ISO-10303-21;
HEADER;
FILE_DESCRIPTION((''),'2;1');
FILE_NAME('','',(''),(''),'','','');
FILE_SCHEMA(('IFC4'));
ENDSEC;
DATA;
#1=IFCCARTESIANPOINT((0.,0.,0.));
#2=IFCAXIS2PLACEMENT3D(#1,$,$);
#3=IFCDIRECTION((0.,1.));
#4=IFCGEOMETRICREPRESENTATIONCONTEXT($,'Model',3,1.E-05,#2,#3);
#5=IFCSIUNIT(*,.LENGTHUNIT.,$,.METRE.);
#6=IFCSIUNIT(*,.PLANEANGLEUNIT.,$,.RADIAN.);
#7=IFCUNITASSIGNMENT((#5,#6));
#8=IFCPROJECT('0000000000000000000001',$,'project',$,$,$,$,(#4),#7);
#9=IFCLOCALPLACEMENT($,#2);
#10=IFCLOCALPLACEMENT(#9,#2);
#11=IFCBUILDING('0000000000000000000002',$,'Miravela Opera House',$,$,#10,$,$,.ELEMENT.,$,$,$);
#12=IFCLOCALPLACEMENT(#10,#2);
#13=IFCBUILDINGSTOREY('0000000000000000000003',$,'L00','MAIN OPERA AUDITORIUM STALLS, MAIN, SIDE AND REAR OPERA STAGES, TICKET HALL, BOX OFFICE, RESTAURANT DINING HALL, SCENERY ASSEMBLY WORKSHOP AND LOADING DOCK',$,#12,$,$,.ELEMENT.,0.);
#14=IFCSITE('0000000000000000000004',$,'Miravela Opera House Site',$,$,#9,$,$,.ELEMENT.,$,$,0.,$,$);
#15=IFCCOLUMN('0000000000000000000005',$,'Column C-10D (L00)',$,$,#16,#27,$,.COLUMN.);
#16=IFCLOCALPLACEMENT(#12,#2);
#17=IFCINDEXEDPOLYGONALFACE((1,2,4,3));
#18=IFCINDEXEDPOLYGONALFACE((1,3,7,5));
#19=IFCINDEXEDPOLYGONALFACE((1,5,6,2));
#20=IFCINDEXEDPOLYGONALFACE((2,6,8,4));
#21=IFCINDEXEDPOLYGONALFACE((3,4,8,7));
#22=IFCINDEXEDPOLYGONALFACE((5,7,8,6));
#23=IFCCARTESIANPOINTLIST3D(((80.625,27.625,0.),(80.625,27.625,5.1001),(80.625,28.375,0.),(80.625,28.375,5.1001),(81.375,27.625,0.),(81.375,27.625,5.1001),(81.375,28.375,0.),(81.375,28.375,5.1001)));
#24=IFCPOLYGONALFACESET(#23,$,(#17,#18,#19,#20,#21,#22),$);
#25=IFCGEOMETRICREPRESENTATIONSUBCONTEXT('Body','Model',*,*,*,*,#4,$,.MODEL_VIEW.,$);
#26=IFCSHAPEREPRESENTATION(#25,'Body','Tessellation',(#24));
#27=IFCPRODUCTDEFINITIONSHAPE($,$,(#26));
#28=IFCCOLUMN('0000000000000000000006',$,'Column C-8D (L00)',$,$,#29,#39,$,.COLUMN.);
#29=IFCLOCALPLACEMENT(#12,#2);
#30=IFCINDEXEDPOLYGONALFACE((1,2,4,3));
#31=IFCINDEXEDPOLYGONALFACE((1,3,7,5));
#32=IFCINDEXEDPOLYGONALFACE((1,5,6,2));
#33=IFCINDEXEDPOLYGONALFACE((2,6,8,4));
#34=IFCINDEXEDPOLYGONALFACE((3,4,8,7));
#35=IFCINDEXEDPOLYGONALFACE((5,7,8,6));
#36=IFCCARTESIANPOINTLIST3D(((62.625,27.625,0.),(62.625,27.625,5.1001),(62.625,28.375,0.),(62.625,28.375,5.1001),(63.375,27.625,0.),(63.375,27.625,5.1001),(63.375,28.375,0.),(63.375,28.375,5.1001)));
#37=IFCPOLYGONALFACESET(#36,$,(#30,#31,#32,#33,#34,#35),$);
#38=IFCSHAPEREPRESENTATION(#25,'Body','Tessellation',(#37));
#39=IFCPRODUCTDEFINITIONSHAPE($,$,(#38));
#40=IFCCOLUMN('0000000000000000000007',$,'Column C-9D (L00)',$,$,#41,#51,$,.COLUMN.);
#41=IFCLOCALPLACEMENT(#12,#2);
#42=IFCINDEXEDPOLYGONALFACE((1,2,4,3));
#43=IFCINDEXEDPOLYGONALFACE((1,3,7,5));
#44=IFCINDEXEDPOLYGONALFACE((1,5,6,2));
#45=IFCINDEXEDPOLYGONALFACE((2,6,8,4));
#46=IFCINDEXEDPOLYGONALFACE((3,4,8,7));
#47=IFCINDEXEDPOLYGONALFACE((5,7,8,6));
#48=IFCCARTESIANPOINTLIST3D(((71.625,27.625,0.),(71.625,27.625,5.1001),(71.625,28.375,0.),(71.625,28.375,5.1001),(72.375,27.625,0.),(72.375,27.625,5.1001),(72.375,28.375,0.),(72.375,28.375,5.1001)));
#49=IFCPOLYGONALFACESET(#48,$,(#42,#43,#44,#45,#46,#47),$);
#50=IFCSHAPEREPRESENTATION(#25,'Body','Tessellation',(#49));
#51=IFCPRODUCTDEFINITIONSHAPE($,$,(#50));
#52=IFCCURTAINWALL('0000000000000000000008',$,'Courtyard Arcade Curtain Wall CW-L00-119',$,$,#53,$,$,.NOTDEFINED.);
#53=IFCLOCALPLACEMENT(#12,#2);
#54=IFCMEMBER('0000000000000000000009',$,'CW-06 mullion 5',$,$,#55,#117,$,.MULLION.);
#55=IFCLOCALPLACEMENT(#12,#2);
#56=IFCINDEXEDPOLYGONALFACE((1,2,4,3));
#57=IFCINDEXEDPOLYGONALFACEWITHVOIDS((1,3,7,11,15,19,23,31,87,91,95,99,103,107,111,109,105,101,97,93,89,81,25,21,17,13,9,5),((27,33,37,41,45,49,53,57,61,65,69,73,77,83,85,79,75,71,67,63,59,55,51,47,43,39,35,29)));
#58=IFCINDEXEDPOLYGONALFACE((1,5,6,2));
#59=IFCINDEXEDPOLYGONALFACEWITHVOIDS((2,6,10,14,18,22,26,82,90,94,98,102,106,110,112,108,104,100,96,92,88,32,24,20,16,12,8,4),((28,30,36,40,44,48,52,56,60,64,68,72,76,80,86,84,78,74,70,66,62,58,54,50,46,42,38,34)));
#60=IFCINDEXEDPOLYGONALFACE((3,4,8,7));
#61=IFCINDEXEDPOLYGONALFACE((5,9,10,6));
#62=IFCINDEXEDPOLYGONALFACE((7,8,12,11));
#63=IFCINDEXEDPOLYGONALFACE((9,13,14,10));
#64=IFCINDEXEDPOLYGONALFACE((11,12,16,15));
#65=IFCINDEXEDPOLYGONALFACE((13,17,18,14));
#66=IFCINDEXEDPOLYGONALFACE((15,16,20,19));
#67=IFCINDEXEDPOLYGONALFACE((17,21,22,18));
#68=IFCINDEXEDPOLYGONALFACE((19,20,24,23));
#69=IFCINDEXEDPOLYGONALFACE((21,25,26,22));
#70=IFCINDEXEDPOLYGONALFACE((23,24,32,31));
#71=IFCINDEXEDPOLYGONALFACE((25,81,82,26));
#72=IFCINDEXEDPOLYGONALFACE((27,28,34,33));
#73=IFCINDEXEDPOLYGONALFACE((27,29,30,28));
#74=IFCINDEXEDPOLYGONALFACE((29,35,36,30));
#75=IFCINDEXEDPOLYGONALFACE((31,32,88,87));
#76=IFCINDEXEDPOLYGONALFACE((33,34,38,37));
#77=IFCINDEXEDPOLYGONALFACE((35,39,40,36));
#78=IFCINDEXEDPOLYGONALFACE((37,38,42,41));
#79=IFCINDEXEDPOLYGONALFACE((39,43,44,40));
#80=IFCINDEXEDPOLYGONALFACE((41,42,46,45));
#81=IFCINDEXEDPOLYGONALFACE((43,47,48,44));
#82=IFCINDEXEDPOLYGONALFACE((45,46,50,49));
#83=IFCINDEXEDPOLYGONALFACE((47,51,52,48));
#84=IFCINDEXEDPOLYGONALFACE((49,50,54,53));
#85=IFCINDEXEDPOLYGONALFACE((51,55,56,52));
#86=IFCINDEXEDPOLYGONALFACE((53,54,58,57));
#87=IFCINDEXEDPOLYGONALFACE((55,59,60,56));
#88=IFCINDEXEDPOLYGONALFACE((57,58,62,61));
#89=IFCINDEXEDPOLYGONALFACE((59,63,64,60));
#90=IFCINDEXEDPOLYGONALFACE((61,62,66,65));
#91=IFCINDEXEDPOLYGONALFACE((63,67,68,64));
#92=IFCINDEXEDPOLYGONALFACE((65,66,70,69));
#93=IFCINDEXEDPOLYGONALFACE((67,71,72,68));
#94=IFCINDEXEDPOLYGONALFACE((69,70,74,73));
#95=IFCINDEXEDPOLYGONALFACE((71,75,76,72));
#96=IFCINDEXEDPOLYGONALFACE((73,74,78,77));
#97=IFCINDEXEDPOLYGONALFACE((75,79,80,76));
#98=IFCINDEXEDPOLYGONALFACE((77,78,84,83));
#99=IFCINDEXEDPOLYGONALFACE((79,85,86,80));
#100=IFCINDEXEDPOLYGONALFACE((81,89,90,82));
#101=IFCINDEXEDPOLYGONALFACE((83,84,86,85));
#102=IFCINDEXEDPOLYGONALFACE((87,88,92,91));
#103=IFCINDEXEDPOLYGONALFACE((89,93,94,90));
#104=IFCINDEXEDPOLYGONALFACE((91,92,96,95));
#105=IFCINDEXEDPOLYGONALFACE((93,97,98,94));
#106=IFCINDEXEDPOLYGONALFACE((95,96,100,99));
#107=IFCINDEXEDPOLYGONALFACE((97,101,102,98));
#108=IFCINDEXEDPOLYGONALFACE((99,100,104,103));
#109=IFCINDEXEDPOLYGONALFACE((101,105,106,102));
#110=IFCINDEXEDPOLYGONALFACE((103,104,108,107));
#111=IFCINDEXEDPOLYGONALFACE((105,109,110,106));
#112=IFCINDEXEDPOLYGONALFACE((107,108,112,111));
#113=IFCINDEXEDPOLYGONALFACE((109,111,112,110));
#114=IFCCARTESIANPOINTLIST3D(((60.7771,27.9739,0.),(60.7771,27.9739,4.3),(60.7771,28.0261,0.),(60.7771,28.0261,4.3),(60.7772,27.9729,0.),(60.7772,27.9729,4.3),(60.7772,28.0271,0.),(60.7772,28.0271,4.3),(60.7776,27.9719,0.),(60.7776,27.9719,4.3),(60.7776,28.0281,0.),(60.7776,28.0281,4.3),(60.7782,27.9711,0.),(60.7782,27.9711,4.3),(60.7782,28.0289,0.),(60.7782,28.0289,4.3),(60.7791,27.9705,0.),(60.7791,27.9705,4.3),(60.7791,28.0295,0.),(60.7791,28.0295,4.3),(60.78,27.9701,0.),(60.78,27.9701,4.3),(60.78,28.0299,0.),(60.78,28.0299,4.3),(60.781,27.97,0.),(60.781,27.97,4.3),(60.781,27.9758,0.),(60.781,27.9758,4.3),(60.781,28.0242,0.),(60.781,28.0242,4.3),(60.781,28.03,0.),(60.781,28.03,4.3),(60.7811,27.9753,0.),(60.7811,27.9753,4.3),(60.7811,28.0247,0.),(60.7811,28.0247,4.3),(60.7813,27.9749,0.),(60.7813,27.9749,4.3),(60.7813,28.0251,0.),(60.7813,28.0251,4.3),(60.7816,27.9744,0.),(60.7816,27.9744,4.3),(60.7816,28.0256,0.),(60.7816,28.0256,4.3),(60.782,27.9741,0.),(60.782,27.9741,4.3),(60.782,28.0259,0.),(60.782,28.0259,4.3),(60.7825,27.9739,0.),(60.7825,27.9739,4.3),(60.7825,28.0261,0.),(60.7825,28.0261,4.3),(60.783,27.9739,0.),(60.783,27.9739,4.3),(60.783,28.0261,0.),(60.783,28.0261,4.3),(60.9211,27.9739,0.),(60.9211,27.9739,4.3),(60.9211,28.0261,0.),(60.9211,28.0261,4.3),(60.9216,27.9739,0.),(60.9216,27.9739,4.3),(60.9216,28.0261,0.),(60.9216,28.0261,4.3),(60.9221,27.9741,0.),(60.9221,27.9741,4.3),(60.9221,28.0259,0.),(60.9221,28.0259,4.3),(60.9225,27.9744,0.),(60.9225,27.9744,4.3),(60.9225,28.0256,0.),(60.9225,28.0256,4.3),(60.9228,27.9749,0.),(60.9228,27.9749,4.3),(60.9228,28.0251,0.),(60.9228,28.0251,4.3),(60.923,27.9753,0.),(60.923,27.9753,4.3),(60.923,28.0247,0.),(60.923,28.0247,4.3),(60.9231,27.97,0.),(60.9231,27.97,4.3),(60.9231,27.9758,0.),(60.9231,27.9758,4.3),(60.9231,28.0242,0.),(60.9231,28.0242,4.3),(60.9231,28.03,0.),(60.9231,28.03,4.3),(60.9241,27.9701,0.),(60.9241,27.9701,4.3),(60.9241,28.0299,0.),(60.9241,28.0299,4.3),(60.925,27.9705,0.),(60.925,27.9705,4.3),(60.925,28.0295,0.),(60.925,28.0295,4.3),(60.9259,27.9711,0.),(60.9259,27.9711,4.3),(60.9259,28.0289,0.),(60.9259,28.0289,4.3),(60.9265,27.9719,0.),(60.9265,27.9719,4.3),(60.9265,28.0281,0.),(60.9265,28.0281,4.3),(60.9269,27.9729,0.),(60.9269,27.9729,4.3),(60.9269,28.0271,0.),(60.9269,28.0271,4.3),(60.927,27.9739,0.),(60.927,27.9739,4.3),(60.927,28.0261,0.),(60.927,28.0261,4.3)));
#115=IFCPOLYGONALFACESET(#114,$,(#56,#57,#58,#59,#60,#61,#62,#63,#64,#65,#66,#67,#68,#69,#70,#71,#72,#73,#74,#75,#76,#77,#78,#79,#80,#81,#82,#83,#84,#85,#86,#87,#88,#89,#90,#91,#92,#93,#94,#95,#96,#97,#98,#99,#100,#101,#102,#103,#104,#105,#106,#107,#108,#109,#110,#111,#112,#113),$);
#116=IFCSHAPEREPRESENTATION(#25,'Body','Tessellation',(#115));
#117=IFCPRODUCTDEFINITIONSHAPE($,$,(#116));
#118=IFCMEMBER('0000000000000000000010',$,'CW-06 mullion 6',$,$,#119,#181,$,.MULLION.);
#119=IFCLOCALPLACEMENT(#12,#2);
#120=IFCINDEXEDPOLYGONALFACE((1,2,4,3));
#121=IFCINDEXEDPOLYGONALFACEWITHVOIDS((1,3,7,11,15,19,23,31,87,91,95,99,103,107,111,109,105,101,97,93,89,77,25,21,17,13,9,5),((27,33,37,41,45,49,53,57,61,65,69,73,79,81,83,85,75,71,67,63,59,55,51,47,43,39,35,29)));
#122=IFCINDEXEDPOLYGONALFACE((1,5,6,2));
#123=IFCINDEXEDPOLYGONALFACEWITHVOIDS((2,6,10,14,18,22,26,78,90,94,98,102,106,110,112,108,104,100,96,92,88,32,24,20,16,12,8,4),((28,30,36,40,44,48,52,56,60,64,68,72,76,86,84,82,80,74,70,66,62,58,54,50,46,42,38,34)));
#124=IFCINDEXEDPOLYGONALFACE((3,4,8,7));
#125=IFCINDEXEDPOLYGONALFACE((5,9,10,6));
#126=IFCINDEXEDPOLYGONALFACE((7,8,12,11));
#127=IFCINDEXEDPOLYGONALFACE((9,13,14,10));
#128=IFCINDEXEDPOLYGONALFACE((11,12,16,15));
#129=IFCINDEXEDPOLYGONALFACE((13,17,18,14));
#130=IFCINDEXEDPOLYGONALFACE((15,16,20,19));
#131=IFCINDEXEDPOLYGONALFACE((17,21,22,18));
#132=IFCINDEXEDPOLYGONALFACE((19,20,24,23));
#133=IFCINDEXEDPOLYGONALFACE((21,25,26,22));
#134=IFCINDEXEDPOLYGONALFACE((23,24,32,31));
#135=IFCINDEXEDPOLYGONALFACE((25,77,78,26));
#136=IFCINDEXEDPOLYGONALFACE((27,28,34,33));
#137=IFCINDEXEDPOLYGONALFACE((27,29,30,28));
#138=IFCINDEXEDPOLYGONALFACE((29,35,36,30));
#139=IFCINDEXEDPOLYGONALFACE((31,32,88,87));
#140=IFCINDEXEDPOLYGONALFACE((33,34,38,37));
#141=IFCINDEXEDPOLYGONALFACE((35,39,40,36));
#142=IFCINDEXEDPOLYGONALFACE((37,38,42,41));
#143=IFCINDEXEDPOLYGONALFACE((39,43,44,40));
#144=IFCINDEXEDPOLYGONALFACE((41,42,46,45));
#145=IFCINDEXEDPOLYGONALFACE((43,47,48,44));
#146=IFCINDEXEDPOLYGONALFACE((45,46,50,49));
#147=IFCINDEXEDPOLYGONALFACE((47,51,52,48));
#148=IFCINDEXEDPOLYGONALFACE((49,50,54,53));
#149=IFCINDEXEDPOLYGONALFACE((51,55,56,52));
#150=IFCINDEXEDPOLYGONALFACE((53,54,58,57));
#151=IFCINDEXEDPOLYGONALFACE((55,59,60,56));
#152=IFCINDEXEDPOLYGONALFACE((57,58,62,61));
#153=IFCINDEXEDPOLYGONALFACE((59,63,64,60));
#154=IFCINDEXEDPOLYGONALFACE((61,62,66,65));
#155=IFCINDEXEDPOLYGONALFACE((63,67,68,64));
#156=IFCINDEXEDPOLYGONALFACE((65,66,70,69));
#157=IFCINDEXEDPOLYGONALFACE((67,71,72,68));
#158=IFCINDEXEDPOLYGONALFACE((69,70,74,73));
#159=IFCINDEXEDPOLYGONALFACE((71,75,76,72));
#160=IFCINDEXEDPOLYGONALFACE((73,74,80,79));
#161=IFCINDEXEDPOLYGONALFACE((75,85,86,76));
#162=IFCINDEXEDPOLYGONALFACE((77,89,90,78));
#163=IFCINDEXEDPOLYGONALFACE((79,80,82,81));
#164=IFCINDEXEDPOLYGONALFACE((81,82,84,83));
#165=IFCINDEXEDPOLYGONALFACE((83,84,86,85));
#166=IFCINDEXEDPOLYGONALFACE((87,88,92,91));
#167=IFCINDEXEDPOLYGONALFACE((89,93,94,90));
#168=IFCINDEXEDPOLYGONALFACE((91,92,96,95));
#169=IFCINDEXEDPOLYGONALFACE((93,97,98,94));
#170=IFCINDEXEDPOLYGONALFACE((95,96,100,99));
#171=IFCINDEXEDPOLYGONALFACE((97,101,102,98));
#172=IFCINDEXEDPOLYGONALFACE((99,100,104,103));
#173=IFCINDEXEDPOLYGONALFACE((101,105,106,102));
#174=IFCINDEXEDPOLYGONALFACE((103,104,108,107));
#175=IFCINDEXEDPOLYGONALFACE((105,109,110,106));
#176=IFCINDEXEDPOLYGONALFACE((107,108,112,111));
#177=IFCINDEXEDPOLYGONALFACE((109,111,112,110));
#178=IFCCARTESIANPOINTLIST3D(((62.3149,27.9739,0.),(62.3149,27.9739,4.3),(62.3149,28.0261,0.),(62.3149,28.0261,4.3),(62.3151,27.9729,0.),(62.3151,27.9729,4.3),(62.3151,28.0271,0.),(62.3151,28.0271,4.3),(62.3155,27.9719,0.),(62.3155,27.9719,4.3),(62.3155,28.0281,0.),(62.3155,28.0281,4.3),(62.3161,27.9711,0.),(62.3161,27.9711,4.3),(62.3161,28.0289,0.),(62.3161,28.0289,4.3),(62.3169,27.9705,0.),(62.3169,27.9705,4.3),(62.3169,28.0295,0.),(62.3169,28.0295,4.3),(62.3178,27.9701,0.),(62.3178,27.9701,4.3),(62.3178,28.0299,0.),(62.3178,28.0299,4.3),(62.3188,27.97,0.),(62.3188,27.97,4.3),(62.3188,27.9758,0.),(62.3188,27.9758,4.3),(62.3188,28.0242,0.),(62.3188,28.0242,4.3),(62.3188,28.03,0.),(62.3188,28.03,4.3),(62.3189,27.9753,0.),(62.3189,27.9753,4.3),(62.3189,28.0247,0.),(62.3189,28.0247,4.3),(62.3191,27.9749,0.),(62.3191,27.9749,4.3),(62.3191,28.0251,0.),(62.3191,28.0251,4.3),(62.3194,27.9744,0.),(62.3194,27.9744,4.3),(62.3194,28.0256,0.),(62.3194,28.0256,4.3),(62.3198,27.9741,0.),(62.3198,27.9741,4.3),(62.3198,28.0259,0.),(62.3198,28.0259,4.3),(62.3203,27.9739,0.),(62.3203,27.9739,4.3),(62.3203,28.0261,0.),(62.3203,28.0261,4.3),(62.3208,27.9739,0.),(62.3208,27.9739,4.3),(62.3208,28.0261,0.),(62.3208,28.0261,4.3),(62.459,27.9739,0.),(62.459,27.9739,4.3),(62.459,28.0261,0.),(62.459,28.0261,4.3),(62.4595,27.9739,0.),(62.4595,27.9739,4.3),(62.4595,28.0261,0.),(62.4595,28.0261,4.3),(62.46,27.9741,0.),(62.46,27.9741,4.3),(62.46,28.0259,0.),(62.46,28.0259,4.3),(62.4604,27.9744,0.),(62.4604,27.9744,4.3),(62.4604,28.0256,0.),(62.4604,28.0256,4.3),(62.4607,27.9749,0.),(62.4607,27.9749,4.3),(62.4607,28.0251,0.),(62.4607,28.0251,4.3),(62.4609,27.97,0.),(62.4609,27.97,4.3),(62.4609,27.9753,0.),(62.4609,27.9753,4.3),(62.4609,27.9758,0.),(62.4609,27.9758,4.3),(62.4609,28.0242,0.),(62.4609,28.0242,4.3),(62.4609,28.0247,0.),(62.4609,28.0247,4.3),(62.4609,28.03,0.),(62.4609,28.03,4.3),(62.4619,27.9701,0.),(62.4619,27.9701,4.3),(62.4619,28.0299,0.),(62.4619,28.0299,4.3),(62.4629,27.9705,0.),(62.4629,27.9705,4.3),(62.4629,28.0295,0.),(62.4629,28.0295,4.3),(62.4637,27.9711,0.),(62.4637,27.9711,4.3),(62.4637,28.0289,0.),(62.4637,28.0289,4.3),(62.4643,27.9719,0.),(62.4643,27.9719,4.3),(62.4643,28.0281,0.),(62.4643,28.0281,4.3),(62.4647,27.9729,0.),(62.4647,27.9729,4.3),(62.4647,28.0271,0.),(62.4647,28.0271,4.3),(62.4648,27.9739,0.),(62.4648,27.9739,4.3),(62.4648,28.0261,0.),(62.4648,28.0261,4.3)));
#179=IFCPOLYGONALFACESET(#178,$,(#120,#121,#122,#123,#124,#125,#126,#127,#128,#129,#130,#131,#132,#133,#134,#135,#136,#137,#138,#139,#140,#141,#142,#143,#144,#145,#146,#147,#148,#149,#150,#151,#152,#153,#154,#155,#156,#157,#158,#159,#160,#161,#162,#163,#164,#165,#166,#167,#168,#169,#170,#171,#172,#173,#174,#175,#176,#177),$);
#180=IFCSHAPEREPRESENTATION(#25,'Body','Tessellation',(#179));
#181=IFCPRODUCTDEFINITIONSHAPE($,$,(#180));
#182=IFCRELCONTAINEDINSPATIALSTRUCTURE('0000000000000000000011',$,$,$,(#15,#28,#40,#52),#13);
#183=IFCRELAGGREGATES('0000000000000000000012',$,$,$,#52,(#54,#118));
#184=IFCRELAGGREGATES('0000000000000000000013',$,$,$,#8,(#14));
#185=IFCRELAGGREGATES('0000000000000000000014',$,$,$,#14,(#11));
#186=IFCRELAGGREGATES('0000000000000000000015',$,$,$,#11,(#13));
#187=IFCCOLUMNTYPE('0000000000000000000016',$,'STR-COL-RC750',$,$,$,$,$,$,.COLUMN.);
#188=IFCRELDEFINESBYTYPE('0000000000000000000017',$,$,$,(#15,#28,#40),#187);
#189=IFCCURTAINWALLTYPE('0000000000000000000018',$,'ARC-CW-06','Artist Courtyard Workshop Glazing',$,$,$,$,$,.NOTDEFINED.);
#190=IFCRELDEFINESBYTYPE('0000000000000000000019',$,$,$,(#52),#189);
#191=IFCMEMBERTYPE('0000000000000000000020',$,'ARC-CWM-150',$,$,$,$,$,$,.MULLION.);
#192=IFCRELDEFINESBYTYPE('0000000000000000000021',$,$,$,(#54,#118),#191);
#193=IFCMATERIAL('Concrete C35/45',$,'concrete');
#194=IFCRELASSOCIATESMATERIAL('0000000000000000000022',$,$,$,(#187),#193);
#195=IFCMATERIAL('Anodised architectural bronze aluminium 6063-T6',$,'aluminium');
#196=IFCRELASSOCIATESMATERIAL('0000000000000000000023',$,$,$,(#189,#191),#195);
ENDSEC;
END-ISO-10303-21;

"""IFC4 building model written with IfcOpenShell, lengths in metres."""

from ifc_helpers import new_model, si_unit, direction, frame, origin, origin_2d, place, context, subcontext, project, spatial, rectangle, hollow_rectangle, extrude, material, material_profile, profile_set, type_object, element, aggregate, save


model = new_model("IFC4")

# Units and contexts
model_context = context("Model", 3, precision=1e-05, world=origin(), true_north=direction((0.0, 1.0)))
body_context = subcontext(model_context, "Body", "Model", "MODEL_VIEW")
ifc_project = project(units=[si_unit("LENGTHUNIT", "METRE"), si_unit("PLANEANGLEUNIT", "RADIAN")], contexts=[model_context])

# Site, building, storey
site_placement = place(None, origin())
site = spatial("IfcSite", under=ifc_project, at=site_placement, Name="Miravela Opera House Site", CompositionType="ELEMENT", RefElevation=0.0)
building_placement = place(site_placement, origin())
building = spatial("IfcBuilding", under=site, at=building_placement, Name="Miravela Opera House", CompositionType="ELEMENT")
storey_placement = place(building_placement, origin())
storey = spatial("IfcBuildingStorey", under=building, at=storey_placement, Name="L00", Description="MAIN OPERA AUDITORIUM STALLS, MAIN, SIDE AND REAR OPERA STAGES, TICKET HALL, BOX OFFICE, RESTAURANT DINING HALL, SCENERY ASSEMBLY WORKSHOP AND LOADING DOCK", CompositionType="ELEMENT", Elevation=0.0)

# Columns
ifc_material_1 = material(Name="Concrete C35/45", Category="concrete")
ifc_material_profile_1 = material_profile(ifc_material_1, rectangle(XDim=0.75, YDim=0.75, at=origin_2d()), Name="RC-COL-750X750")
ifc_profile_set_1 = profile_set([ifc_material_profile_1])
column_type = type_object("IfcColumnType", Name="STR-COL-RC750", PredefinedType="COLUMN", material=ifc_profile_set_1)
for number, where, z_axis, x_axis, name in (
    (1, (81.0, 28.0, 0.0), (0.0, 0.0, 1.0), (1.0, 0.0, 0.0), "Column C-10D (L00)"),
    (2, (63.0, 28.0, 0.0), (0.0, 0.0, 1.0), (1.0, 0.0, 0.0), "Column C-8D (L00)"),
    (3, (72.0, 28.0, 0.0), (0.0, 0.0, 1.0), (1.0, 0.0, 0.0), "Column C-9D (L00)"),
):
    element("IfcColumn", number, at=place(storey_placement, frame(where, z_axis=z_axis, x_axis=x_axis)), inside=storey, type_object=column_type, Name=name, PredefinedType="COLUMN", context=body_context, shape_type="SweptSolid", body=[
        extrude(rectangle(XDim=0.75, YDim=0.75, at=origin_2d()), origin(), (0.0, 0.0, 1.0), 5.1001),
    ])

# Curtain wall, members
ifc_material_2 = material(Name="Anodised architectural bronze aluminium 6063-T6", Category="aluminium")
curtain_wall_type = type_object("IfcCurtainWallType", Name="ARC-CW-06", Description="Artist Courtyard Workshop Glazing", PredefinedType="NOTDEFINED", material=ifc_material_2)
curtain_wall_placement = place(storey_placement, origin())
curtain_wall = element("IfcCurtainWall", 4, at=curtain_wall_placement, inside=storey, type_object=curtain_wall_type, Name="Courtyard Arcade Curtain Wall CW-L00-119", PredefinedType="NOTDEFINED")
ifc_material_profile_2 = material_profile(ifc_material_2, hollow_rectangle(XDim=0.0601, YDim=0.1499, WallThickness=0.0039, InnerFilletRadius=0.002, OuterFilletRadius=0.0039, at=origin_2d()), Name="CWM-60X150")
ifc_profile_set_2 = profile_set([ifc_material_profile_2])
member_type_1 = type_object("IfcMemberType", Name="ARC-CWM-150", PredefinedType="MULLION", material=ifc_profile_set_2)
member_1_placement = place(storey_placement, frame((60.8521, 28.0, 0.0), z_axis=(0.0, 0.0, 1.0), x_axis=(0.0, 1.0, 0.0)))
member_1 = element("IfcMember", 5, at=member_1_placement, type_object=member_type_1, Name="CW-06 mullion 5", PredefinedType="MULLION", context=body_context, shape_type="SweptSolid", body=[
    extrude(hollow_rectangle(XDim=0.0601, YDim=0.1499, WallThickness=0.0039, InnerFilletRadius=0.002, OuterFilletRadius=0.0039, at=origin_2d()), origin(), (0.0, 0.0, 1.0), 4.3),
])
member_2_placement = place(storey_placement, frame((62.3899, 28.0, 0.0), z_axis=(0.0, 0.0, 1.0), x_axis=(0.0, 1.0, 0.0)))
member_2 = element("IfcMember", 6, at=member_2_placement, type_object=member_type_1, Name="CW-06 mullion 6", PredefinedType="MULLION", context=body_context, shape_type="SweptSolid", body=[
    extrude(hollow_rectangle(XDim=0.0601, YDim=0.1499, WallThickness=0.0039, InnerFilletRadius=0.002, OuterFilletRadius=0.0039, at=origin_2d()), origin(), (0.0, 0.0, 1.0), 4.3),
])

aggregate(curtain_wall, [member_1, member_2])

save(model, "model.ifc")
